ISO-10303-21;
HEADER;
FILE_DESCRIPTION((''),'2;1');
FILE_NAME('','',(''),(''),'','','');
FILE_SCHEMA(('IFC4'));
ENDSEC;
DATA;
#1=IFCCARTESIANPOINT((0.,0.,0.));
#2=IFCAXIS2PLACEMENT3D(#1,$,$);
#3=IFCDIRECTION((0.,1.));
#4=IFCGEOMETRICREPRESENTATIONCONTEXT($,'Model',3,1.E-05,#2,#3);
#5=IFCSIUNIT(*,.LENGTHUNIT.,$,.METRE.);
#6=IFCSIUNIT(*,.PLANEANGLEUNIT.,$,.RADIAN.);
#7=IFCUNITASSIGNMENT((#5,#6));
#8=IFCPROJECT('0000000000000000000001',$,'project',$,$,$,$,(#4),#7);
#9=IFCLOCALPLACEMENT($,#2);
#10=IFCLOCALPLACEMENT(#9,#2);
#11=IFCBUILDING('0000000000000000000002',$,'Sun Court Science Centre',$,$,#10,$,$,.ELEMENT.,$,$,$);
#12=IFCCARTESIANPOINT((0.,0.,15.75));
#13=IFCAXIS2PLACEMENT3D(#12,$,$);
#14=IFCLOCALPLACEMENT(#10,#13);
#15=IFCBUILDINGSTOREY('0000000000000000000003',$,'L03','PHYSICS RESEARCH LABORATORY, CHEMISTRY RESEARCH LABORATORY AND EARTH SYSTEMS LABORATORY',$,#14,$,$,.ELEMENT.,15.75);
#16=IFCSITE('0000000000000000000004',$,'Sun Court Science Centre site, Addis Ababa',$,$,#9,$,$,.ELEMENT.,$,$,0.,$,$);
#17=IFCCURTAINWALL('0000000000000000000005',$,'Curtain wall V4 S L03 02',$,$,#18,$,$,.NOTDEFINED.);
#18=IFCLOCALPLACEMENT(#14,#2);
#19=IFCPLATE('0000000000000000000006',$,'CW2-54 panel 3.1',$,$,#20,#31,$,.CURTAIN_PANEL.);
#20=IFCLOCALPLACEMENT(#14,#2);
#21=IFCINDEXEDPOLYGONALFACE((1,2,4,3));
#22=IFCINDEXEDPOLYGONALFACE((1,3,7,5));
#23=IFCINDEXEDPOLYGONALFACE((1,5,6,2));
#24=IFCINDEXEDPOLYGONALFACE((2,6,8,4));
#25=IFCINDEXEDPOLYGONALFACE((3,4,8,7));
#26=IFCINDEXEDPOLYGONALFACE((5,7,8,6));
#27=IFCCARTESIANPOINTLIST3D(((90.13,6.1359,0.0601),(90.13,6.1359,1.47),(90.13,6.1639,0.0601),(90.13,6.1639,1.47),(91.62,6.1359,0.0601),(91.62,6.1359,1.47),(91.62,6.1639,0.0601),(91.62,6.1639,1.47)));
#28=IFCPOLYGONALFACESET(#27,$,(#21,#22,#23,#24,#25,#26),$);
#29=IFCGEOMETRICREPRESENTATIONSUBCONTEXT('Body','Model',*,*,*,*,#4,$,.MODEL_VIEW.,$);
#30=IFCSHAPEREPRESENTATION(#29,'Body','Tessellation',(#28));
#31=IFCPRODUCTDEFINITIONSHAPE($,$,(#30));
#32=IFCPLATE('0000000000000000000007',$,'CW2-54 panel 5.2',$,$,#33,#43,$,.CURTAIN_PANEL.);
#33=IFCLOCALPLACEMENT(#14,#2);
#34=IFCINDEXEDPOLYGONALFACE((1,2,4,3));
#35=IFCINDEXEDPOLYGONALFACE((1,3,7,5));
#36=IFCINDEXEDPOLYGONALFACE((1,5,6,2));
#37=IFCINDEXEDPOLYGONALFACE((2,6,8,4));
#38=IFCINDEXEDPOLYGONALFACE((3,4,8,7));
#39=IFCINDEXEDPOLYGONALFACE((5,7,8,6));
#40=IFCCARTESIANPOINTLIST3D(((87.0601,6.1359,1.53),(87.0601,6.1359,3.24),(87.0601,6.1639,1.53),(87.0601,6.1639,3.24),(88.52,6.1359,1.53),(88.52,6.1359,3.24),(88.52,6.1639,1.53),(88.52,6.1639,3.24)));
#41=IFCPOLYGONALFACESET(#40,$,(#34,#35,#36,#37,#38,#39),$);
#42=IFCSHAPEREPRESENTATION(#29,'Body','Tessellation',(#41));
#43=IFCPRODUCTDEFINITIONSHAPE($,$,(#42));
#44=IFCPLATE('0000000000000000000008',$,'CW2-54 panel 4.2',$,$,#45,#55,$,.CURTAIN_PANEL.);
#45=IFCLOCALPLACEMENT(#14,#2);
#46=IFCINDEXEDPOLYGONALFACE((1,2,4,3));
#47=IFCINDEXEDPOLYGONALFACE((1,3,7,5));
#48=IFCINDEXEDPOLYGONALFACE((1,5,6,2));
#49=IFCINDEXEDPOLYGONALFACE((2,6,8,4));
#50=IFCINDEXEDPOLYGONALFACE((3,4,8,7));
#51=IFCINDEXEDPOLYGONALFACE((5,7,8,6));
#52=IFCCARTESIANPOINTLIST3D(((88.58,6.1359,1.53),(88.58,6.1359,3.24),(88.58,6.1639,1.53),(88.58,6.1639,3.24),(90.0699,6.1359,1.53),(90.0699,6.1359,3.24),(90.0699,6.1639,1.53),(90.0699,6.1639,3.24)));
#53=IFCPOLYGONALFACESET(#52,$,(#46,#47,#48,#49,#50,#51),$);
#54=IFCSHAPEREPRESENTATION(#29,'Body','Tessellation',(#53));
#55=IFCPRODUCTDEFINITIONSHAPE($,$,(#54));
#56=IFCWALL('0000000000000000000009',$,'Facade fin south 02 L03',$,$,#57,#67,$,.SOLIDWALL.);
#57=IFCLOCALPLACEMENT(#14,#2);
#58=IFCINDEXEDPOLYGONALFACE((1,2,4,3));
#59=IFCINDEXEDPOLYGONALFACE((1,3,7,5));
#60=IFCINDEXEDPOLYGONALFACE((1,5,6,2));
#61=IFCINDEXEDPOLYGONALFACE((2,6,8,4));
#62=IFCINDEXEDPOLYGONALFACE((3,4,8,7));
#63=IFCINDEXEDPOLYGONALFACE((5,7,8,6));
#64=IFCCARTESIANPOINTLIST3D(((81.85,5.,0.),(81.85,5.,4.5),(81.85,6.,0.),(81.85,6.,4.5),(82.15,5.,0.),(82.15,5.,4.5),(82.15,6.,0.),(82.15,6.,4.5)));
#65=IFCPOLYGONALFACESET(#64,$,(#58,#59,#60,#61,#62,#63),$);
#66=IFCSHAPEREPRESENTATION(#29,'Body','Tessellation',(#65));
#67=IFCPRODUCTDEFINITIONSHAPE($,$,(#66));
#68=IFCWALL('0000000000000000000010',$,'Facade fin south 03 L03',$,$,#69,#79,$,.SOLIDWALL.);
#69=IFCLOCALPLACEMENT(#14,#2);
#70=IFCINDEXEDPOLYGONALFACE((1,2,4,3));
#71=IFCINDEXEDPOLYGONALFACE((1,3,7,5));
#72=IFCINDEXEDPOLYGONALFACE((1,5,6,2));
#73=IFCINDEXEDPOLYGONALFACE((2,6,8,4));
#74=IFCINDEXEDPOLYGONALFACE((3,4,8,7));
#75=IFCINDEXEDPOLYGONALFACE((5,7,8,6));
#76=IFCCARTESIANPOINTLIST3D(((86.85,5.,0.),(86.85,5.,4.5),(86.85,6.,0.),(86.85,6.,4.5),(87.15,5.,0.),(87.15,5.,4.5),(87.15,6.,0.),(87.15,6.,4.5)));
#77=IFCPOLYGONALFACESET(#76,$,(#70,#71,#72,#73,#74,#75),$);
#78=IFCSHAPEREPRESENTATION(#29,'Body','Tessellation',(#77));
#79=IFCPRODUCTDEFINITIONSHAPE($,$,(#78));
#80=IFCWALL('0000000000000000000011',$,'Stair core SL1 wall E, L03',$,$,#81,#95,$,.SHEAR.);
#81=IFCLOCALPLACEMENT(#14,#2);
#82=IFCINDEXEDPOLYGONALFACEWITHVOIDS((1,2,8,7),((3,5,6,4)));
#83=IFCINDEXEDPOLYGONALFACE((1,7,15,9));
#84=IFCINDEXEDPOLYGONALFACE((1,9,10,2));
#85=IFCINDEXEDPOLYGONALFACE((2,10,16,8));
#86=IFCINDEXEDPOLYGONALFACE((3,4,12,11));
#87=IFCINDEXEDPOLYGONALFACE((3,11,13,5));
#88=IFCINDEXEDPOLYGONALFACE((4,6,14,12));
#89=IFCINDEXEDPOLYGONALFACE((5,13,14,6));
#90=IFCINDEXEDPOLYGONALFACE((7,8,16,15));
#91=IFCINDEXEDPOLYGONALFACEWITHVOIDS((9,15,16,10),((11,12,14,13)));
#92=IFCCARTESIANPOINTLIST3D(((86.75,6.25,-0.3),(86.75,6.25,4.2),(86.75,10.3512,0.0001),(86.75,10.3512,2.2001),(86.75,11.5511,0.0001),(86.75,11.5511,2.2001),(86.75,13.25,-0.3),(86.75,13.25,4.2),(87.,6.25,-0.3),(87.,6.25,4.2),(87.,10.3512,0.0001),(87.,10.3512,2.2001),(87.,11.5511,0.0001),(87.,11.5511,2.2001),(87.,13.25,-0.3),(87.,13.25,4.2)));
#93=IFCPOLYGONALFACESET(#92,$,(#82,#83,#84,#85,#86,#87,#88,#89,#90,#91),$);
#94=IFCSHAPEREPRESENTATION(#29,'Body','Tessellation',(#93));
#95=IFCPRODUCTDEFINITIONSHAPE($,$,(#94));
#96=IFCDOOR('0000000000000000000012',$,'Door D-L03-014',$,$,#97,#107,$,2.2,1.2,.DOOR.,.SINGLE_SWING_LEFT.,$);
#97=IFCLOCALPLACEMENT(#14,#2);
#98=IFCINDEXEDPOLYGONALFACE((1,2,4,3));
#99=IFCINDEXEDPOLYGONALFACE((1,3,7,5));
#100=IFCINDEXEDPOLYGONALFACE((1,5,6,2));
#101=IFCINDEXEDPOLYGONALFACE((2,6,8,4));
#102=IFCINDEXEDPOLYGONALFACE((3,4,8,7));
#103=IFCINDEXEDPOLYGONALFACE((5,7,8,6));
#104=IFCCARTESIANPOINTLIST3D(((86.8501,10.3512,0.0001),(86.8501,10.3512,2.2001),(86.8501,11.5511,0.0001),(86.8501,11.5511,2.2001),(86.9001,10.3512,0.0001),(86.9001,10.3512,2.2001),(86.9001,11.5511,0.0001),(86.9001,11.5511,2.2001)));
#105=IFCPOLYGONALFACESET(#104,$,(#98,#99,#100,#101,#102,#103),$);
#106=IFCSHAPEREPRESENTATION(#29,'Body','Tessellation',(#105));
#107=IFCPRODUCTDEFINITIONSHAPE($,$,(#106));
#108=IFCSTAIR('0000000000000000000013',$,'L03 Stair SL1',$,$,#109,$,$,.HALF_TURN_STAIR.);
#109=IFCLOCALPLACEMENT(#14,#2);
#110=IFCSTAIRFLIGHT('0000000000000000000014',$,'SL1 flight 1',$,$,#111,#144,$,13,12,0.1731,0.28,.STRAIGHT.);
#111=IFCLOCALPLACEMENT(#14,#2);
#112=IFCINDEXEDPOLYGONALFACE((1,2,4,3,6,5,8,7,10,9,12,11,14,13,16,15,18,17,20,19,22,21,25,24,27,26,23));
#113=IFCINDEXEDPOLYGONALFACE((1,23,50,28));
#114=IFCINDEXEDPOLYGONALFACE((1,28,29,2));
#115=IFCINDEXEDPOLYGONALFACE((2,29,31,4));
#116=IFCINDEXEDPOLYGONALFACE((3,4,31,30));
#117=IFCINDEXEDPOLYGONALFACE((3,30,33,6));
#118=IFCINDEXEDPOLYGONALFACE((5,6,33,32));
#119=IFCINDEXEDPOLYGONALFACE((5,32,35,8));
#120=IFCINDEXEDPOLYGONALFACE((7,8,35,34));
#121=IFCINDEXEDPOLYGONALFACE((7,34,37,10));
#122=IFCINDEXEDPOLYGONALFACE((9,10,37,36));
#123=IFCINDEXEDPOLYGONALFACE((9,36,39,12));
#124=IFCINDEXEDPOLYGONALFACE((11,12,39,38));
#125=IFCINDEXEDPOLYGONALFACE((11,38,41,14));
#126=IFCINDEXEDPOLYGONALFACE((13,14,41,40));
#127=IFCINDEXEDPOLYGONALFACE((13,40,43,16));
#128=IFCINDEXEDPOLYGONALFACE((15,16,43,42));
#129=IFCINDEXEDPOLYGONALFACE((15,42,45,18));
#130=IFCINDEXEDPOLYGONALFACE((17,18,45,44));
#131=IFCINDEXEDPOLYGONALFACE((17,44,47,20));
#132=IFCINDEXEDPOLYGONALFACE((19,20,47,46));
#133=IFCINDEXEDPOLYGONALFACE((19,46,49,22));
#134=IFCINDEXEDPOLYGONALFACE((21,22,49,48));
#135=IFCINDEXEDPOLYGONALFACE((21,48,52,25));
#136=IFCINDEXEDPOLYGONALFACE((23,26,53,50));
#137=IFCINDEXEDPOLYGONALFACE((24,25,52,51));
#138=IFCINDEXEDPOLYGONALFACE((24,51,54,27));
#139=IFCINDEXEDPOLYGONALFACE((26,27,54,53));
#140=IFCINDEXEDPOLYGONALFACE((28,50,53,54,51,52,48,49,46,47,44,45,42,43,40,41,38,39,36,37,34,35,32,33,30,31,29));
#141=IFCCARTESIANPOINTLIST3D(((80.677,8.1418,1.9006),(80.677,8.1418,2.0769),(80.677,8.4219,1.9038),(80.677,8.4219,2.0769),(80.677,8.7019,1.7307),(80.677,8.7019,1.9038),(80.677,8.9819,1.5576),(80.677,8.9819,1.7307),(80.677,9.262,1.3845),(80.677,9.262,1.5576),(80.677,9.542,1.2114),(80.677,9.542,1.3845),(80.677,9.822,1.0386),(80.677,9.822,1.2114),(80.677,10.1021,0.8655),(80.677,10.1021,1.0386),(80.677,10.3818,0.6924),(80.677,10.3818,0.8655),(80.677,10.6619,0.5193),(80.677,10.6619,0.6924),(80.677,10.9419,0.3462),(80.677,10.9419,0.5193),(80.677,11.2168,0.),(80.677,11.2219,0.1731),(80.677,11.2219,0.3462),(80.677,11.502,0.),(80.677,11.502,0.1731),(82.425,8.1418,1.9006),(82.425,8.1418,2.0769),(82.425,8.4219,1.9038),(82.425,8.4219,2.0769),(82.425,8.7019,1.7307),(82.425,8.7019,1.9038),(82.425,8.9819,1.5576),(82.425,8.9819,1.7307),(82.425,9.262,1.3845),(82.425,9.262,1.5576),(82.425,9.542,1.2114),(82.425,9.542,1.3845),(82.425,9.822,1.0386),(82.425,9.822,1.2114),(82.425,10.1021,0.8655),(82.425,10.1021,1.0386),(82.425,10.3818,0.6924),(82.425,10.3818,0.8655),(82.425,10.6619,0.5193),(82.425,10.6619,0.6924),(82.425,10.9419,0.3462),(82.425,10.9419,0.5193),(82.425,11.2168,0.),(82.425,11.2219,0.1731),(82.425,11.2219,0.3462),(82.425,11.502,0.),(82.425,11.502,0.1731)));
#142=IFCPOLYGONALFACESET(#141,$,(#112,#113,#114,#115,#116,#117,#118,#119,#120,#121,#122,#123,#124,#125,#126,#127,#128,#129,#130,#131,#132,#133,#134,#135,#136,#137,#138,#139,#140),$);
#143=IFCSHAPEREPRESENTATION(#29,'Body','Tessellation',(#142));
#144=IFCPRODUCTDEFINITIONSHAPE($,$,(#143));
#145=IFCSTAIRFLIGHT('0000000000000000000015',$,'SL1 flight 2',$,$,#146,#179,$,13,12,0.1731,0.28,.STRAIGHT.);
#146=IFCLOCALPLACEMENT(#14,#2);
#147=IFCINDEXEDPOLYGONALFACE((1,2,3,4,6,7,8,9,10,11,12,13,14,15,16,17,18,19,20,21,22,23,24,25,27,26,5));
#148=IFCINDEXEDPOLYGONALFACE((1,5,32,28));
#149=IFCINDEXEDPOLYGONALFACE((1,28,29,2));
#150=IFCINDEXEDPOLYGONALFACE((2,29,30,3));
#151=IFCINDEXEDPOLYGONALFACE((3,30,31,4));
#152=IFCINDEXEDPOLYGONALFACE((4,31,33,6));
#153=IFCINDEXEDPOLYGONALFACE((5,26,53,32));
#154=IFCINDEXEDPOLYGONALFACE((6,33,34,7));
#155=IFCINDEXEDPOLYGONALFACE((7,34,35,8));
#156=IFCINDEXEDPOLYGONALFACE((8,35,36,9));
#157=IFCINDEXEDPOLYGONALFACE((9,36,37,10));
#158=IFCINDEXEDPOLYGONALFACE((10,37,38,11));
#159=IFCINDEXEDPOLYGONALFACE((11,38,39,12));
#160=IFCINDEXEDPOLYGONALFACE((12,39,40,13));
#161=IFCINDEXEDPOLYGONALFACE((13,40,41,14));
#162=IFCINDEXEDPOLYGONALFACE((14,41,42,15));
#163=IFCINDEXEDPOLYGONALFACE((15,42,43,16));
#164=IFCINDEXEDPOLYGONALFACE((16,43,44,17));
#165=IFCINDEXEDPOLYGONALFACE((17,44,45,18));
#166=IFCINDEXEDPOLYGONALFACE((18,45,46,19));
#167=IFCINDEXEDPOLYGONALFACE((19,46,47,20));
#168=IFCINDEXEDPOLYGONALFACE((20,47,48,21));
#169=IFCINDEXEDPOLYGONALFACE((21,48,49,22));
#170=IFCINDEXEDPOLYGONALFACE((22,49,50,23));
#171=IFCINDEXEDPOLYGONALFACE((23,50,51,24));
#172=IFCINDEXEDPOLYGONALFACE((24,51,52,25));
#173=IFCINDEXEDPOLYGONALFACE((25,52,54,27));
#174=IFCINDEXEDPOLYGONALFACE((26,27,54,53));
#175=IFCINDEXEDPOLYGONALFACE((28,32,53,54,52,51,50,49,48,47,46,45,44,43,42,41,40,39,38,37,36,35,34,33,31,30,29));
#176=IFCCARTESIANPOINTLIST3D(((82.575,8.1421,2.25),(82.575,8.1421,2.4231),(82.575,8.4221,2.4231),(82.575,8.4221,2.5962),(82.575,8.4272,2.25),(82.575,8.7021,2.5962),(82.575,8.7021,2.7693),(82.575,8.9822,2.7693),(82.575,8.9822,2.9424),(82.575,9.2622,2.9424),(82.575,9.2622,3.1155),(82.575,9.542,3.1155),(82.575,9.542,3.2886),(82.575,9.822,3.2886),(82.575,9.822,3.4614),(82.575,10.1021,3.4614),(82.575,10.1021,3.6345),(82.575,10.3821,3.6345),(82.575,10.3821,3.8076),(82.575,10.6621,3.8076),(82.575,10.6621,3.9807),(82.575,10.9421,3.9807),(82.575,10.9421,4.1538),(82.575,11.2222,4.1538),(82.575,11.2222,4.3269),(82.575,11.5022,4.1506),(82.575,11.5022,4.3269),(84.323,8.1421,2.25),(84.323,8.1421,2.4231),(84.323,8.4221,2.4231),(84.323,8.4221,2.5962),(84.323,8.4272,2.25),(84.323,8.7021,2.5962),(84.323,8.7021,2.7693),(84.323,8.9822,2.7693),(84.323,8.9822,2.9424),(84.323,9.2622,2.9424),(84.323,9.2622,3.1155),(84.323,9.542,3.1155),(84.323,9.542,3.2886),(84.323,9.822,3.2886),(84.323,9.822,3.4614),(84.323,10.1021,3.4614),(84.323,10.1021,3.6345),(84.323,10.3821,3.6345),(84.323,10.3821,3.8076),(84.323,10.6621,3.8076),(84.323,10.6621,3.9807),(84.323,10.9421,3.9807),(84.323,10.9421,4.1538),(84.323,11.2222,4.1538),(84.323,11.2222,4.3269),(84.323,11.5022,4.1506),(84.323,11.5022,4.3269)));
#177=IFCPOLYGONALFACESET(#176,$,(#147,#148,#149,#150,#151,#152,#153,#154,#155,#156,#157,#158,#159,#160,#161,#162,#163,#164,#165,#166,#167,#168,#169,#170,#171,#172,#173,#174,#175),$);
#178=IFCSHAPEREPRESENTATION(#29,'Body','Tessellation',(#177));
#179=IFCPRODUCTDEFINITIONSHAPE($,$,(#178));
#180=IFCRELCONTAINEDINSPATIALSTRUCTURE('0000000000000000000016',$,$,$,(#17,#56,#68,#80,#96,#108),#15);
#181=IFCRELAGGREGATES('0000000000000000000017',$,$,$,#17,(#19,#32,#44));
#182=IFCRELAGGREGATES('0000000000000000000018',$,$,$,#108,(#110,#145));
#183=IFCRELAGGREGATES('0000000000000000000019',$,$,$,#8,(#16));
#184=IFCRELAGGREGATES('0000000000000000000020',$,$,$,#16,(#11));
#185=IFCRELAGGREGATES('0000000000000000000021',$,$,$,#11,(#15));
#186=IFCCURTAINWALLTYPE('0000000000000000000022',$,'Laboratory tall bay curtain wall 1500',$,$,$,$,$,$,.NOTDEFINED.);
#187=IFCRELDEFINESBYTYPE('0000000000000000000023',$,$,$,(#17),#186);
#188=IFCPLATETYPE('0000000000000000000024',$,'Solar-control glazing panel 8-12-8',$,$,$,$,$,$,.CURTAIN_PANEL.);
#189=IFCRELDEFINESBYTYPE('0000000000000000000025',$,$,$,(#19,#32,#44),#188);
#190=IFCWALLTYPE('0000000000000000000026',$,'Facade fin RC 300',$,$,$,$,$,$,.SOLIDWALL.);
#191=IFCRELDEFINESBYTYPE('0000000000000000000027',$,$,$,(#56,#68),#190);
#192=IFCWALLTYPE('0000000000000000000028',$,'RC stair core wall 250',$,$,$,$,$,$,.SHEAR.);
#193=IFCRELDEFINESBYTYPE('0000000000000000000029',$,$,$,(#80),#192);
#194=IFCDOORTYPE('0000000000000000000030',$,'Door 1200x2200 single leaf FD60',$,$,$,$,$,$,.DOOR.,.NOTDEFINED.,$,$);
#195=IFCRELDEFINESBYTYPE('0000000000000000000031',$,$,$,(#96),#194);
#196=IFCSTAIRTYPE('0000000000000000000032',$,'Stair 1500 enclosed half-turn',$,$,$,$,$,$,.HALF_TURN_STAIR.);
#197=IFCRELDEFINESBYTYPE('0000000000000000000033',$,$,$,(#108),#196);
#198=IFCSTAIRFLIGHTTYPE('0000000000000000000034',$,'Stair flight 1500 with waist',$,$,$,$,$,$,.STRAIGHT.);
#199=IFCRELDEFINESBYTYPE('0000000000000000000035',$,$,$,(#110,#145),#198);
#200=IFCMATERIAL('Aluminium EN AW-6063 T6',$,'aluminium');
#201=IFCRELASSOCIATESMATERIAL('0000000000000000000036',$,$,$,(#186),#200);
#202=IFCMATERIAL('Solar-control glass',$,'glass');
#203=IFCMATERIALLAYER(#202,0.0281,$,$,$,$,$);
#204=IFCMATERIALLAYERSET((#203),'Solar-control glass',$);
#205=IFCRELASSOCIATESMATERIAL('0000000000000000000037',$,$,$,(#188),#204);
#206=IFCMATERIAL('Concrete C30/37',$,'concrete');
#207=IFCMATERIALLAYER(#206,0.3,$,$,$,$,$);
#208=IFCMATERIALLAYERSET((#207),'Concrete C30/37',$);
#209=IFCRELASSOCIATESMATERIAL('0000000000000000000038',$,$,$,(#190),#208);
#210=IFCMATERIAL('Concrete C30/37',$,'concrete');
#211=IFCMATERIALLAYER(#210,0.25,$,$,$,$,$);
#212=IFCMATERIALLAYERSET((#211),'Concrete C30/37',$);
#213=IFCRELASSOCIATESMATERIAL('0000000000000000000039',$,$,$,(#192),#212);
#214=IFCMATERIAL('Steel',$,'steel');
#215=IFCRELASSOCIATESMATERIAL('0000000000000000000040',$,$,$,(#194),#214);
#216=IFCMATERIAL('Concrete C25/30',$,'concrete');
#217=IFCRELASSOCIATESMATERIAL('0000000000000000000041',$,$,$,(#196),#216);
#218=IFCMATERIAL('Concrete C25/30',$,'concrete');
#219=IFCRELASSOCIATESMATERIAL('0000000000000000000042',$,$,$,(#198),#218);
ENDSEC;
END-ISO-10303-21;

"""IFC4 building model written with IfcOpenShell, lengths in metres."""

from ifc_helpers import new_model, si_unit, direction, frame, frame_2d, origin, origin_2d, place, context, subcontext, project, spatial, polyline, rectangle, outline, extrude, material, layer, layer_set, type_object, element, fill, aggregate, save


model = new_model("IFC4")

# Units and contexts
model_context = context("Model", 3, precision=1e-05, world=origin(), true_north=direction((0.0, 1.0)))
body_context = subcontext(model_context, "Body", "Model", "MODEL_VIEW")
ifc_project = project(units=[si_unit("LENGTHUNIT", "METRE"), si_unit("PLANEANGLEUNIT", "RADIAN")], contexts=[model_context])

# Site, building, storey
site_placement = place(None, origin())
site = spatial("IfcSite", under=ifc_project, at=site_placement, Name="Sun Court Science Centre site, Addis Ababa", CompositionType="ELEMENT", RefElevation=0.0)
building_placement = place(site_placement, origin())
building = spatial("IfcBuilding", under=site, at=building_placement, Name="Sun Court Science Centre", CompositionType="ELEMENT")
storey_placement = place(building_placement, frame((0.0, 0.0, 15.75)))
storey = spatial("IfcBuildingStorey", under=building, at=storey_placement, Name="L03", Description="PHYSICS RESEARCH LABORATORY, CHEMISTRY RESEARCH LABORATORY AND EARTH SYSTEMS LABORATORY", CompositionType="ELEMENT", Elevation=15.75)

# Curtain wall
ifc_material_1 = material(Name="Aluminium EN AW-6063 T6", Category="aluminium")
curtain_wall_type = type_object("IfcCurtainWallType", Name="Laboratory tall bay curtain wall 1500", PredefinedType="NOTDEFINED", material=ifc_material_1)
curtain_wall_placement = place(storey_placement, origin())
curtain_wall = element("IfcCurtainWall", 1, at=curtain_wall_placement, inside=storey, type_object=curtain_wall_type, Name="Curtain wall V4 S L03 02", PredefinedType="NOTDEFINED")

# Plates
ifc_material_2 = material(Name="Solar-control glass", Category="glass")
ifc_layer_1 = layer(ifc_material_2, 0.0281)
ifc_layer_set_1 = layer_set([ifc_layer_1], Name="Solar-control glass")
plate_type = type_object("IfcPlateType", Name="Solar-control glazing panel 8-12-8", PredefinedType="CURTAIN_PANEL", material=ifc_layer_set_1)
plate_1_placement = place(storey_placement, frame((90.875, 6.1499, 0.0601), z_axis=(0.0, 0.0, 1.0), x_axis=(-1.0, 0.0, 0.0)))
plate_1 = element("IfcPlate", 2, at=plate_1_placement, type_object=plate_type, Name="CW2-54 panel 3.1", PredefinedType="CURTAIN_PANEL", context=body_context, shape_type="SweptSolid", body=[
    extrude(rectangle(XDim=1.49, YDim=0.0281, at=origin_2d()), origin(), (0.0, 0.0, 1.0), 1.4099),
])
plate_2_placement = place(storey_placement, frame((87.79, 6.1499, 1.53), z_axis=(0.0, 0.0, 1.0), x_axis=(-1.0, 0.0, 0.0)))
plate_2 = element("IfcPlate", 3, at=plate_2_placement, type_object=plate_type, Name="CW2-54 panel 5.2", PredefinedType="CURTAIN_PANEL", context=body_context, shape_type="SweptSolid", body=[
    extrude(rectangle(XDim=1.46, YDim=0.0281, at=origin_2d()), origin(), (0.0, 0.0, 1.0), 1.71),
])
plate_3_placement = place(storey_placement, frame((89.325, 6.1499, 1.53), z_axis=(0.0, 0.0, 1.0), x_axis=(-1.0, 0.0, 0.0)))
plate_3 = element("IfcPlate", 4, at=plate_3_placement, type_object=plate_type, Name="CW2-54 panel 4.2", PredefinedType="CURTAIN_PANEL", context=body_context, shape_type="SweptSolid", body=[
    extrude(rectangle(XDim=1.49, YDim=0.0281, at=origin_2d()), origin(), (0.0, 0.0, 1.0), 1.71),
])
aggregate(curtain_wall, [plate_1, plate_2, plate_3])

# Walls
ifc_material_3 = material(Name="Concrete C30/37", Category="concrete")
ifc_layer_2 = layer(ifc_material_3, 0.3)
ifc_layer_set_2 = layer_set([ifc_layer_2], Name="Concrete C30/37")
wall_type_1 = type_object("IfcWallType", Name="Facade fin RC 300", PredefinedType="SOLIDWALL", material=ifc_layer_set_2)
for number, where, z_axis, x_axis, name in (
    (5, (82.0, 6.0, 0.0), (0.0, 0.0, 1.0), (0.0, -1.0, 0.0), "Facade fin south 02 L03"),
    (6, (87.0, 6.0, 0.0), (0.0, 0.0, 1.0), (0.0, -1.0, 0.0), "Facade fin south 03 L03"),
):
    element("IfcWall", number, at=place(storey_placement, frame(where, z_axis=z_axis, x_axis=x_axis)), inside=storey, type_object=wall_type_1, Name=name, PredefinedType="SOLIDWALL", context=body_context, shape_type="SweptSolid", body=[
        extrude(rectangle(XDim=1.0, YDim=0.3, at=frame_2d((0.5, 0.0))), origin(), (0.0, 0.0, 1.0), 4.5),
    ])

# Wall, opening, door
ifc_material_4 = material(Name="Concrete C30/37", Category="concrete")
ifc_layer_3 = layer(ifc_material_4, 0.25)
ifc_layer_set_3 = layer_set([ifc_layer_3], Name="Concrete C30/37")
wall_type_2 = type_object("IfcWallType", Name="RC stair core wall 250", PredefinedType="SHEAR", material=ifc_layer_set_3)
wall_placement = place(storey_placement, frame((86.875, 6.25, -0.3), z_axis=(0.0, 0.0, 1.0), x_axis=(0.0, 1.0, 0.0)))
wall = element("IfcWall", 7, at=wall_placement, inside=storey, type_object=wall_type_2, Name="Stair core SL1 wall E, L03", PredefinedType="SHEAR", context=body_context, shape_type="SweptSolid", body=[
    extrude(rectangle(XDim=7.0, YDim=0.25, at=frame_2d((3.5, 0.0))), origin(), (0.0, 0.0, 1.0), 4.5),
])
opening_placement = place(wall_placement, frame((4.1011, 0.0, 0.3)))
opening = element("IfcOpeningElement", 8, at=opening_placement, cuts=wall, PredefinedType="OPENING", context=body_context, shape_type="SweptSolid", body=[
    extrude(rectangle(XDim=1.2, YDim=2.2, at=frame_2d((0.6001, 1.1001))), frame((0.0, 0.135, 0.0), z_axis=(0.0, -1.0, 0.0), x_axis=(1.0, 0.0, 0.0)), (0.0, 0.0, 1.0), 0.27),
])
ifc_material_5 = material(Name="Steel", Category="steel")
door_type = type_object("IfcDoorType", Name="Door 1200x2200 single leaf FD60", OperationType="NOTDEFINED", PredefinedType="DOOR", material=ifc_material_5)
door_placement = place(opening_placement, origin())
door = element("IfcDoor", 9, at=door_placement, inside=storey, type_object=door_type, Name="Door D-L03-014", OperationType="SINGLE_SWING_LEFT", OverallHeight=2.2, OverallWidth=1.2, PredefinedType="DOOR", context=body_context, shape_type="SweptSolid", body=[
    extrude(rectangle(XDim=1.2, YDim=2.2, at=frame_2d((0.6001, 1.1001))), frame((0.0, 0.0249, 0.0), z_axis=(0.0, -1.0, 0.0), x_axis=(1.0, 0.0, 0.0)), (0.0, 0.0, 1.0), 0.05),
])
fill(opening, door)

# Stair, stair flights
ifc_material_6 = material(Name="Concrete C25/30", Category="concrete")
stair_type = type_object("IfcStairType", Name="Stair 1500 enclosed half-turn", PredefinedType="HALF_TURN_STAIR", material=ifc_material_6)
stair_placement = place(storey_placement, origin())
stair = element("IfcStair", 10, at=stair_placement, inside=storey, type_object=stair_type, Name="L03 Stair SL1", PredefinedType="HALF_TURN_STAIR")
ifc_material_7 = material(Name="Concrete C25/30", Category="concrete")
stair_flight_type = type_object("IfcStairFlightType", Name="Stair flight 1500 with waist", PredefinedType="STRAIGHT", material=ifc_material_7)
stair_flight_1_placement = place(storey_placement, frame((81.551, 11.502, 0.0), z_axis=(0.0, 0.0, 1.0), x_axis=(0.0, -1.0, 0.0)))
stair_flight_1 = element("IfcStairFlight", 11, at=stair_flight_1_placement, type_object=stair_flight_type, Name="SL1 flight 1", NumberOfRisers=13, NumberOfTreads=12, PredefinedType="STRAIGHT", RiserHeight=0.1731, TreadLength=0.28, context=body_context, shape_type="SweptSolid", body=[
    extrude(outline(polyline([(0.0, 0.0), (0.0, 0.1731), (0.28, 0.1731), (0.28, 0.3462), (0.5601, 0.3462), (0.5601, 0.5193), (0.8401, 0.5193), (0.8401, 0.6924), (1.1201, 0.6924), (1.1201, 0.8655), (1.3999, 0.8655), (1.3999, 1.0386), (1.6799, 1.0386), (1.6799, 1.2114), (1.96, 1.2114), (1.96, 1.3845), (2.24, 1.3845), (2.24, 1.5576), (2.52, 1.5576), (2.52, 1.7307), (2.8, 1.7307), (2.8, 1.9038), (3.0801, 1.9038), (3.0801, 2.0769), (3.3601, 2.0769), (3.3601, 2.25), (3.3601, 1.9006), (0.2852, 0.0), (0.0, 0.0)])), frame((0.0, 0.874, 0.0), z_axis=(0.0, -1.0, 0.0), x_axis=(1.0, 0.0, 0.0)), (0.0, 0.0, 1.0), 1.748),
])
stair_flight_2_placement = place(storey_placement, frame((83.449, 8.1421, 2.25), z_axis=(0.0, 0.0, 1.0), x_axis=(0.0, 1.0, 0.0)))
stair_flight_2 = element("IfcStairFlight", 12, at=stair_flight_2_placement, type_object=stair_flight_type, Name="SL1 flight 2", NumberOfRisers=13, NumberOfTreads=12, PredefinedType="STRAIGHT", RiserHeight=0.1731, TreadLength=0.28, context=body_context, shape_type="SweptSolid", body=[
    extrude(outline(polyline([(0.0, 0.0), (0.0, 0.1731), (0.28, 0.1731), (0.28, 0.3462), (0.5601, 0.3462), (0.5601, 0.5193), (0.8401, 0.5193), (0.8401, 0.6924), (1.1201, 0.6924), (1.1201, 0.8655), (1.3999, 0.8655), (1.3999, 1.0386), (1.6799, 1.0386), (1.6799, 1.2114), (1.96, 1.2114), (1.96, 1.3845), (2.24, 1.3845), (2.24, 1.5576), (2.52, 1.5576), (2.52, 1.7307), (2.8, 1.7307), (2.8, 1.9038), (3.0801, 1.9038), (3.0801, 2.0769), (3.3601, 2.0769), (3.3601, 2.25), (3.3601, 1.9006), (0.2852, 0.0), (0.0, 0.0)])), frame((0.0, 0.874, 0.0), z_axis=(0.0, -1.0, 0.0), x_axis=(1.0, 0.0, 0.0)), (0.0, 0.0, 1.0), 1.748),
])
aggregate(stair, [stair_flight_1, stair_flight_2])

save(model, "model.ifc")
